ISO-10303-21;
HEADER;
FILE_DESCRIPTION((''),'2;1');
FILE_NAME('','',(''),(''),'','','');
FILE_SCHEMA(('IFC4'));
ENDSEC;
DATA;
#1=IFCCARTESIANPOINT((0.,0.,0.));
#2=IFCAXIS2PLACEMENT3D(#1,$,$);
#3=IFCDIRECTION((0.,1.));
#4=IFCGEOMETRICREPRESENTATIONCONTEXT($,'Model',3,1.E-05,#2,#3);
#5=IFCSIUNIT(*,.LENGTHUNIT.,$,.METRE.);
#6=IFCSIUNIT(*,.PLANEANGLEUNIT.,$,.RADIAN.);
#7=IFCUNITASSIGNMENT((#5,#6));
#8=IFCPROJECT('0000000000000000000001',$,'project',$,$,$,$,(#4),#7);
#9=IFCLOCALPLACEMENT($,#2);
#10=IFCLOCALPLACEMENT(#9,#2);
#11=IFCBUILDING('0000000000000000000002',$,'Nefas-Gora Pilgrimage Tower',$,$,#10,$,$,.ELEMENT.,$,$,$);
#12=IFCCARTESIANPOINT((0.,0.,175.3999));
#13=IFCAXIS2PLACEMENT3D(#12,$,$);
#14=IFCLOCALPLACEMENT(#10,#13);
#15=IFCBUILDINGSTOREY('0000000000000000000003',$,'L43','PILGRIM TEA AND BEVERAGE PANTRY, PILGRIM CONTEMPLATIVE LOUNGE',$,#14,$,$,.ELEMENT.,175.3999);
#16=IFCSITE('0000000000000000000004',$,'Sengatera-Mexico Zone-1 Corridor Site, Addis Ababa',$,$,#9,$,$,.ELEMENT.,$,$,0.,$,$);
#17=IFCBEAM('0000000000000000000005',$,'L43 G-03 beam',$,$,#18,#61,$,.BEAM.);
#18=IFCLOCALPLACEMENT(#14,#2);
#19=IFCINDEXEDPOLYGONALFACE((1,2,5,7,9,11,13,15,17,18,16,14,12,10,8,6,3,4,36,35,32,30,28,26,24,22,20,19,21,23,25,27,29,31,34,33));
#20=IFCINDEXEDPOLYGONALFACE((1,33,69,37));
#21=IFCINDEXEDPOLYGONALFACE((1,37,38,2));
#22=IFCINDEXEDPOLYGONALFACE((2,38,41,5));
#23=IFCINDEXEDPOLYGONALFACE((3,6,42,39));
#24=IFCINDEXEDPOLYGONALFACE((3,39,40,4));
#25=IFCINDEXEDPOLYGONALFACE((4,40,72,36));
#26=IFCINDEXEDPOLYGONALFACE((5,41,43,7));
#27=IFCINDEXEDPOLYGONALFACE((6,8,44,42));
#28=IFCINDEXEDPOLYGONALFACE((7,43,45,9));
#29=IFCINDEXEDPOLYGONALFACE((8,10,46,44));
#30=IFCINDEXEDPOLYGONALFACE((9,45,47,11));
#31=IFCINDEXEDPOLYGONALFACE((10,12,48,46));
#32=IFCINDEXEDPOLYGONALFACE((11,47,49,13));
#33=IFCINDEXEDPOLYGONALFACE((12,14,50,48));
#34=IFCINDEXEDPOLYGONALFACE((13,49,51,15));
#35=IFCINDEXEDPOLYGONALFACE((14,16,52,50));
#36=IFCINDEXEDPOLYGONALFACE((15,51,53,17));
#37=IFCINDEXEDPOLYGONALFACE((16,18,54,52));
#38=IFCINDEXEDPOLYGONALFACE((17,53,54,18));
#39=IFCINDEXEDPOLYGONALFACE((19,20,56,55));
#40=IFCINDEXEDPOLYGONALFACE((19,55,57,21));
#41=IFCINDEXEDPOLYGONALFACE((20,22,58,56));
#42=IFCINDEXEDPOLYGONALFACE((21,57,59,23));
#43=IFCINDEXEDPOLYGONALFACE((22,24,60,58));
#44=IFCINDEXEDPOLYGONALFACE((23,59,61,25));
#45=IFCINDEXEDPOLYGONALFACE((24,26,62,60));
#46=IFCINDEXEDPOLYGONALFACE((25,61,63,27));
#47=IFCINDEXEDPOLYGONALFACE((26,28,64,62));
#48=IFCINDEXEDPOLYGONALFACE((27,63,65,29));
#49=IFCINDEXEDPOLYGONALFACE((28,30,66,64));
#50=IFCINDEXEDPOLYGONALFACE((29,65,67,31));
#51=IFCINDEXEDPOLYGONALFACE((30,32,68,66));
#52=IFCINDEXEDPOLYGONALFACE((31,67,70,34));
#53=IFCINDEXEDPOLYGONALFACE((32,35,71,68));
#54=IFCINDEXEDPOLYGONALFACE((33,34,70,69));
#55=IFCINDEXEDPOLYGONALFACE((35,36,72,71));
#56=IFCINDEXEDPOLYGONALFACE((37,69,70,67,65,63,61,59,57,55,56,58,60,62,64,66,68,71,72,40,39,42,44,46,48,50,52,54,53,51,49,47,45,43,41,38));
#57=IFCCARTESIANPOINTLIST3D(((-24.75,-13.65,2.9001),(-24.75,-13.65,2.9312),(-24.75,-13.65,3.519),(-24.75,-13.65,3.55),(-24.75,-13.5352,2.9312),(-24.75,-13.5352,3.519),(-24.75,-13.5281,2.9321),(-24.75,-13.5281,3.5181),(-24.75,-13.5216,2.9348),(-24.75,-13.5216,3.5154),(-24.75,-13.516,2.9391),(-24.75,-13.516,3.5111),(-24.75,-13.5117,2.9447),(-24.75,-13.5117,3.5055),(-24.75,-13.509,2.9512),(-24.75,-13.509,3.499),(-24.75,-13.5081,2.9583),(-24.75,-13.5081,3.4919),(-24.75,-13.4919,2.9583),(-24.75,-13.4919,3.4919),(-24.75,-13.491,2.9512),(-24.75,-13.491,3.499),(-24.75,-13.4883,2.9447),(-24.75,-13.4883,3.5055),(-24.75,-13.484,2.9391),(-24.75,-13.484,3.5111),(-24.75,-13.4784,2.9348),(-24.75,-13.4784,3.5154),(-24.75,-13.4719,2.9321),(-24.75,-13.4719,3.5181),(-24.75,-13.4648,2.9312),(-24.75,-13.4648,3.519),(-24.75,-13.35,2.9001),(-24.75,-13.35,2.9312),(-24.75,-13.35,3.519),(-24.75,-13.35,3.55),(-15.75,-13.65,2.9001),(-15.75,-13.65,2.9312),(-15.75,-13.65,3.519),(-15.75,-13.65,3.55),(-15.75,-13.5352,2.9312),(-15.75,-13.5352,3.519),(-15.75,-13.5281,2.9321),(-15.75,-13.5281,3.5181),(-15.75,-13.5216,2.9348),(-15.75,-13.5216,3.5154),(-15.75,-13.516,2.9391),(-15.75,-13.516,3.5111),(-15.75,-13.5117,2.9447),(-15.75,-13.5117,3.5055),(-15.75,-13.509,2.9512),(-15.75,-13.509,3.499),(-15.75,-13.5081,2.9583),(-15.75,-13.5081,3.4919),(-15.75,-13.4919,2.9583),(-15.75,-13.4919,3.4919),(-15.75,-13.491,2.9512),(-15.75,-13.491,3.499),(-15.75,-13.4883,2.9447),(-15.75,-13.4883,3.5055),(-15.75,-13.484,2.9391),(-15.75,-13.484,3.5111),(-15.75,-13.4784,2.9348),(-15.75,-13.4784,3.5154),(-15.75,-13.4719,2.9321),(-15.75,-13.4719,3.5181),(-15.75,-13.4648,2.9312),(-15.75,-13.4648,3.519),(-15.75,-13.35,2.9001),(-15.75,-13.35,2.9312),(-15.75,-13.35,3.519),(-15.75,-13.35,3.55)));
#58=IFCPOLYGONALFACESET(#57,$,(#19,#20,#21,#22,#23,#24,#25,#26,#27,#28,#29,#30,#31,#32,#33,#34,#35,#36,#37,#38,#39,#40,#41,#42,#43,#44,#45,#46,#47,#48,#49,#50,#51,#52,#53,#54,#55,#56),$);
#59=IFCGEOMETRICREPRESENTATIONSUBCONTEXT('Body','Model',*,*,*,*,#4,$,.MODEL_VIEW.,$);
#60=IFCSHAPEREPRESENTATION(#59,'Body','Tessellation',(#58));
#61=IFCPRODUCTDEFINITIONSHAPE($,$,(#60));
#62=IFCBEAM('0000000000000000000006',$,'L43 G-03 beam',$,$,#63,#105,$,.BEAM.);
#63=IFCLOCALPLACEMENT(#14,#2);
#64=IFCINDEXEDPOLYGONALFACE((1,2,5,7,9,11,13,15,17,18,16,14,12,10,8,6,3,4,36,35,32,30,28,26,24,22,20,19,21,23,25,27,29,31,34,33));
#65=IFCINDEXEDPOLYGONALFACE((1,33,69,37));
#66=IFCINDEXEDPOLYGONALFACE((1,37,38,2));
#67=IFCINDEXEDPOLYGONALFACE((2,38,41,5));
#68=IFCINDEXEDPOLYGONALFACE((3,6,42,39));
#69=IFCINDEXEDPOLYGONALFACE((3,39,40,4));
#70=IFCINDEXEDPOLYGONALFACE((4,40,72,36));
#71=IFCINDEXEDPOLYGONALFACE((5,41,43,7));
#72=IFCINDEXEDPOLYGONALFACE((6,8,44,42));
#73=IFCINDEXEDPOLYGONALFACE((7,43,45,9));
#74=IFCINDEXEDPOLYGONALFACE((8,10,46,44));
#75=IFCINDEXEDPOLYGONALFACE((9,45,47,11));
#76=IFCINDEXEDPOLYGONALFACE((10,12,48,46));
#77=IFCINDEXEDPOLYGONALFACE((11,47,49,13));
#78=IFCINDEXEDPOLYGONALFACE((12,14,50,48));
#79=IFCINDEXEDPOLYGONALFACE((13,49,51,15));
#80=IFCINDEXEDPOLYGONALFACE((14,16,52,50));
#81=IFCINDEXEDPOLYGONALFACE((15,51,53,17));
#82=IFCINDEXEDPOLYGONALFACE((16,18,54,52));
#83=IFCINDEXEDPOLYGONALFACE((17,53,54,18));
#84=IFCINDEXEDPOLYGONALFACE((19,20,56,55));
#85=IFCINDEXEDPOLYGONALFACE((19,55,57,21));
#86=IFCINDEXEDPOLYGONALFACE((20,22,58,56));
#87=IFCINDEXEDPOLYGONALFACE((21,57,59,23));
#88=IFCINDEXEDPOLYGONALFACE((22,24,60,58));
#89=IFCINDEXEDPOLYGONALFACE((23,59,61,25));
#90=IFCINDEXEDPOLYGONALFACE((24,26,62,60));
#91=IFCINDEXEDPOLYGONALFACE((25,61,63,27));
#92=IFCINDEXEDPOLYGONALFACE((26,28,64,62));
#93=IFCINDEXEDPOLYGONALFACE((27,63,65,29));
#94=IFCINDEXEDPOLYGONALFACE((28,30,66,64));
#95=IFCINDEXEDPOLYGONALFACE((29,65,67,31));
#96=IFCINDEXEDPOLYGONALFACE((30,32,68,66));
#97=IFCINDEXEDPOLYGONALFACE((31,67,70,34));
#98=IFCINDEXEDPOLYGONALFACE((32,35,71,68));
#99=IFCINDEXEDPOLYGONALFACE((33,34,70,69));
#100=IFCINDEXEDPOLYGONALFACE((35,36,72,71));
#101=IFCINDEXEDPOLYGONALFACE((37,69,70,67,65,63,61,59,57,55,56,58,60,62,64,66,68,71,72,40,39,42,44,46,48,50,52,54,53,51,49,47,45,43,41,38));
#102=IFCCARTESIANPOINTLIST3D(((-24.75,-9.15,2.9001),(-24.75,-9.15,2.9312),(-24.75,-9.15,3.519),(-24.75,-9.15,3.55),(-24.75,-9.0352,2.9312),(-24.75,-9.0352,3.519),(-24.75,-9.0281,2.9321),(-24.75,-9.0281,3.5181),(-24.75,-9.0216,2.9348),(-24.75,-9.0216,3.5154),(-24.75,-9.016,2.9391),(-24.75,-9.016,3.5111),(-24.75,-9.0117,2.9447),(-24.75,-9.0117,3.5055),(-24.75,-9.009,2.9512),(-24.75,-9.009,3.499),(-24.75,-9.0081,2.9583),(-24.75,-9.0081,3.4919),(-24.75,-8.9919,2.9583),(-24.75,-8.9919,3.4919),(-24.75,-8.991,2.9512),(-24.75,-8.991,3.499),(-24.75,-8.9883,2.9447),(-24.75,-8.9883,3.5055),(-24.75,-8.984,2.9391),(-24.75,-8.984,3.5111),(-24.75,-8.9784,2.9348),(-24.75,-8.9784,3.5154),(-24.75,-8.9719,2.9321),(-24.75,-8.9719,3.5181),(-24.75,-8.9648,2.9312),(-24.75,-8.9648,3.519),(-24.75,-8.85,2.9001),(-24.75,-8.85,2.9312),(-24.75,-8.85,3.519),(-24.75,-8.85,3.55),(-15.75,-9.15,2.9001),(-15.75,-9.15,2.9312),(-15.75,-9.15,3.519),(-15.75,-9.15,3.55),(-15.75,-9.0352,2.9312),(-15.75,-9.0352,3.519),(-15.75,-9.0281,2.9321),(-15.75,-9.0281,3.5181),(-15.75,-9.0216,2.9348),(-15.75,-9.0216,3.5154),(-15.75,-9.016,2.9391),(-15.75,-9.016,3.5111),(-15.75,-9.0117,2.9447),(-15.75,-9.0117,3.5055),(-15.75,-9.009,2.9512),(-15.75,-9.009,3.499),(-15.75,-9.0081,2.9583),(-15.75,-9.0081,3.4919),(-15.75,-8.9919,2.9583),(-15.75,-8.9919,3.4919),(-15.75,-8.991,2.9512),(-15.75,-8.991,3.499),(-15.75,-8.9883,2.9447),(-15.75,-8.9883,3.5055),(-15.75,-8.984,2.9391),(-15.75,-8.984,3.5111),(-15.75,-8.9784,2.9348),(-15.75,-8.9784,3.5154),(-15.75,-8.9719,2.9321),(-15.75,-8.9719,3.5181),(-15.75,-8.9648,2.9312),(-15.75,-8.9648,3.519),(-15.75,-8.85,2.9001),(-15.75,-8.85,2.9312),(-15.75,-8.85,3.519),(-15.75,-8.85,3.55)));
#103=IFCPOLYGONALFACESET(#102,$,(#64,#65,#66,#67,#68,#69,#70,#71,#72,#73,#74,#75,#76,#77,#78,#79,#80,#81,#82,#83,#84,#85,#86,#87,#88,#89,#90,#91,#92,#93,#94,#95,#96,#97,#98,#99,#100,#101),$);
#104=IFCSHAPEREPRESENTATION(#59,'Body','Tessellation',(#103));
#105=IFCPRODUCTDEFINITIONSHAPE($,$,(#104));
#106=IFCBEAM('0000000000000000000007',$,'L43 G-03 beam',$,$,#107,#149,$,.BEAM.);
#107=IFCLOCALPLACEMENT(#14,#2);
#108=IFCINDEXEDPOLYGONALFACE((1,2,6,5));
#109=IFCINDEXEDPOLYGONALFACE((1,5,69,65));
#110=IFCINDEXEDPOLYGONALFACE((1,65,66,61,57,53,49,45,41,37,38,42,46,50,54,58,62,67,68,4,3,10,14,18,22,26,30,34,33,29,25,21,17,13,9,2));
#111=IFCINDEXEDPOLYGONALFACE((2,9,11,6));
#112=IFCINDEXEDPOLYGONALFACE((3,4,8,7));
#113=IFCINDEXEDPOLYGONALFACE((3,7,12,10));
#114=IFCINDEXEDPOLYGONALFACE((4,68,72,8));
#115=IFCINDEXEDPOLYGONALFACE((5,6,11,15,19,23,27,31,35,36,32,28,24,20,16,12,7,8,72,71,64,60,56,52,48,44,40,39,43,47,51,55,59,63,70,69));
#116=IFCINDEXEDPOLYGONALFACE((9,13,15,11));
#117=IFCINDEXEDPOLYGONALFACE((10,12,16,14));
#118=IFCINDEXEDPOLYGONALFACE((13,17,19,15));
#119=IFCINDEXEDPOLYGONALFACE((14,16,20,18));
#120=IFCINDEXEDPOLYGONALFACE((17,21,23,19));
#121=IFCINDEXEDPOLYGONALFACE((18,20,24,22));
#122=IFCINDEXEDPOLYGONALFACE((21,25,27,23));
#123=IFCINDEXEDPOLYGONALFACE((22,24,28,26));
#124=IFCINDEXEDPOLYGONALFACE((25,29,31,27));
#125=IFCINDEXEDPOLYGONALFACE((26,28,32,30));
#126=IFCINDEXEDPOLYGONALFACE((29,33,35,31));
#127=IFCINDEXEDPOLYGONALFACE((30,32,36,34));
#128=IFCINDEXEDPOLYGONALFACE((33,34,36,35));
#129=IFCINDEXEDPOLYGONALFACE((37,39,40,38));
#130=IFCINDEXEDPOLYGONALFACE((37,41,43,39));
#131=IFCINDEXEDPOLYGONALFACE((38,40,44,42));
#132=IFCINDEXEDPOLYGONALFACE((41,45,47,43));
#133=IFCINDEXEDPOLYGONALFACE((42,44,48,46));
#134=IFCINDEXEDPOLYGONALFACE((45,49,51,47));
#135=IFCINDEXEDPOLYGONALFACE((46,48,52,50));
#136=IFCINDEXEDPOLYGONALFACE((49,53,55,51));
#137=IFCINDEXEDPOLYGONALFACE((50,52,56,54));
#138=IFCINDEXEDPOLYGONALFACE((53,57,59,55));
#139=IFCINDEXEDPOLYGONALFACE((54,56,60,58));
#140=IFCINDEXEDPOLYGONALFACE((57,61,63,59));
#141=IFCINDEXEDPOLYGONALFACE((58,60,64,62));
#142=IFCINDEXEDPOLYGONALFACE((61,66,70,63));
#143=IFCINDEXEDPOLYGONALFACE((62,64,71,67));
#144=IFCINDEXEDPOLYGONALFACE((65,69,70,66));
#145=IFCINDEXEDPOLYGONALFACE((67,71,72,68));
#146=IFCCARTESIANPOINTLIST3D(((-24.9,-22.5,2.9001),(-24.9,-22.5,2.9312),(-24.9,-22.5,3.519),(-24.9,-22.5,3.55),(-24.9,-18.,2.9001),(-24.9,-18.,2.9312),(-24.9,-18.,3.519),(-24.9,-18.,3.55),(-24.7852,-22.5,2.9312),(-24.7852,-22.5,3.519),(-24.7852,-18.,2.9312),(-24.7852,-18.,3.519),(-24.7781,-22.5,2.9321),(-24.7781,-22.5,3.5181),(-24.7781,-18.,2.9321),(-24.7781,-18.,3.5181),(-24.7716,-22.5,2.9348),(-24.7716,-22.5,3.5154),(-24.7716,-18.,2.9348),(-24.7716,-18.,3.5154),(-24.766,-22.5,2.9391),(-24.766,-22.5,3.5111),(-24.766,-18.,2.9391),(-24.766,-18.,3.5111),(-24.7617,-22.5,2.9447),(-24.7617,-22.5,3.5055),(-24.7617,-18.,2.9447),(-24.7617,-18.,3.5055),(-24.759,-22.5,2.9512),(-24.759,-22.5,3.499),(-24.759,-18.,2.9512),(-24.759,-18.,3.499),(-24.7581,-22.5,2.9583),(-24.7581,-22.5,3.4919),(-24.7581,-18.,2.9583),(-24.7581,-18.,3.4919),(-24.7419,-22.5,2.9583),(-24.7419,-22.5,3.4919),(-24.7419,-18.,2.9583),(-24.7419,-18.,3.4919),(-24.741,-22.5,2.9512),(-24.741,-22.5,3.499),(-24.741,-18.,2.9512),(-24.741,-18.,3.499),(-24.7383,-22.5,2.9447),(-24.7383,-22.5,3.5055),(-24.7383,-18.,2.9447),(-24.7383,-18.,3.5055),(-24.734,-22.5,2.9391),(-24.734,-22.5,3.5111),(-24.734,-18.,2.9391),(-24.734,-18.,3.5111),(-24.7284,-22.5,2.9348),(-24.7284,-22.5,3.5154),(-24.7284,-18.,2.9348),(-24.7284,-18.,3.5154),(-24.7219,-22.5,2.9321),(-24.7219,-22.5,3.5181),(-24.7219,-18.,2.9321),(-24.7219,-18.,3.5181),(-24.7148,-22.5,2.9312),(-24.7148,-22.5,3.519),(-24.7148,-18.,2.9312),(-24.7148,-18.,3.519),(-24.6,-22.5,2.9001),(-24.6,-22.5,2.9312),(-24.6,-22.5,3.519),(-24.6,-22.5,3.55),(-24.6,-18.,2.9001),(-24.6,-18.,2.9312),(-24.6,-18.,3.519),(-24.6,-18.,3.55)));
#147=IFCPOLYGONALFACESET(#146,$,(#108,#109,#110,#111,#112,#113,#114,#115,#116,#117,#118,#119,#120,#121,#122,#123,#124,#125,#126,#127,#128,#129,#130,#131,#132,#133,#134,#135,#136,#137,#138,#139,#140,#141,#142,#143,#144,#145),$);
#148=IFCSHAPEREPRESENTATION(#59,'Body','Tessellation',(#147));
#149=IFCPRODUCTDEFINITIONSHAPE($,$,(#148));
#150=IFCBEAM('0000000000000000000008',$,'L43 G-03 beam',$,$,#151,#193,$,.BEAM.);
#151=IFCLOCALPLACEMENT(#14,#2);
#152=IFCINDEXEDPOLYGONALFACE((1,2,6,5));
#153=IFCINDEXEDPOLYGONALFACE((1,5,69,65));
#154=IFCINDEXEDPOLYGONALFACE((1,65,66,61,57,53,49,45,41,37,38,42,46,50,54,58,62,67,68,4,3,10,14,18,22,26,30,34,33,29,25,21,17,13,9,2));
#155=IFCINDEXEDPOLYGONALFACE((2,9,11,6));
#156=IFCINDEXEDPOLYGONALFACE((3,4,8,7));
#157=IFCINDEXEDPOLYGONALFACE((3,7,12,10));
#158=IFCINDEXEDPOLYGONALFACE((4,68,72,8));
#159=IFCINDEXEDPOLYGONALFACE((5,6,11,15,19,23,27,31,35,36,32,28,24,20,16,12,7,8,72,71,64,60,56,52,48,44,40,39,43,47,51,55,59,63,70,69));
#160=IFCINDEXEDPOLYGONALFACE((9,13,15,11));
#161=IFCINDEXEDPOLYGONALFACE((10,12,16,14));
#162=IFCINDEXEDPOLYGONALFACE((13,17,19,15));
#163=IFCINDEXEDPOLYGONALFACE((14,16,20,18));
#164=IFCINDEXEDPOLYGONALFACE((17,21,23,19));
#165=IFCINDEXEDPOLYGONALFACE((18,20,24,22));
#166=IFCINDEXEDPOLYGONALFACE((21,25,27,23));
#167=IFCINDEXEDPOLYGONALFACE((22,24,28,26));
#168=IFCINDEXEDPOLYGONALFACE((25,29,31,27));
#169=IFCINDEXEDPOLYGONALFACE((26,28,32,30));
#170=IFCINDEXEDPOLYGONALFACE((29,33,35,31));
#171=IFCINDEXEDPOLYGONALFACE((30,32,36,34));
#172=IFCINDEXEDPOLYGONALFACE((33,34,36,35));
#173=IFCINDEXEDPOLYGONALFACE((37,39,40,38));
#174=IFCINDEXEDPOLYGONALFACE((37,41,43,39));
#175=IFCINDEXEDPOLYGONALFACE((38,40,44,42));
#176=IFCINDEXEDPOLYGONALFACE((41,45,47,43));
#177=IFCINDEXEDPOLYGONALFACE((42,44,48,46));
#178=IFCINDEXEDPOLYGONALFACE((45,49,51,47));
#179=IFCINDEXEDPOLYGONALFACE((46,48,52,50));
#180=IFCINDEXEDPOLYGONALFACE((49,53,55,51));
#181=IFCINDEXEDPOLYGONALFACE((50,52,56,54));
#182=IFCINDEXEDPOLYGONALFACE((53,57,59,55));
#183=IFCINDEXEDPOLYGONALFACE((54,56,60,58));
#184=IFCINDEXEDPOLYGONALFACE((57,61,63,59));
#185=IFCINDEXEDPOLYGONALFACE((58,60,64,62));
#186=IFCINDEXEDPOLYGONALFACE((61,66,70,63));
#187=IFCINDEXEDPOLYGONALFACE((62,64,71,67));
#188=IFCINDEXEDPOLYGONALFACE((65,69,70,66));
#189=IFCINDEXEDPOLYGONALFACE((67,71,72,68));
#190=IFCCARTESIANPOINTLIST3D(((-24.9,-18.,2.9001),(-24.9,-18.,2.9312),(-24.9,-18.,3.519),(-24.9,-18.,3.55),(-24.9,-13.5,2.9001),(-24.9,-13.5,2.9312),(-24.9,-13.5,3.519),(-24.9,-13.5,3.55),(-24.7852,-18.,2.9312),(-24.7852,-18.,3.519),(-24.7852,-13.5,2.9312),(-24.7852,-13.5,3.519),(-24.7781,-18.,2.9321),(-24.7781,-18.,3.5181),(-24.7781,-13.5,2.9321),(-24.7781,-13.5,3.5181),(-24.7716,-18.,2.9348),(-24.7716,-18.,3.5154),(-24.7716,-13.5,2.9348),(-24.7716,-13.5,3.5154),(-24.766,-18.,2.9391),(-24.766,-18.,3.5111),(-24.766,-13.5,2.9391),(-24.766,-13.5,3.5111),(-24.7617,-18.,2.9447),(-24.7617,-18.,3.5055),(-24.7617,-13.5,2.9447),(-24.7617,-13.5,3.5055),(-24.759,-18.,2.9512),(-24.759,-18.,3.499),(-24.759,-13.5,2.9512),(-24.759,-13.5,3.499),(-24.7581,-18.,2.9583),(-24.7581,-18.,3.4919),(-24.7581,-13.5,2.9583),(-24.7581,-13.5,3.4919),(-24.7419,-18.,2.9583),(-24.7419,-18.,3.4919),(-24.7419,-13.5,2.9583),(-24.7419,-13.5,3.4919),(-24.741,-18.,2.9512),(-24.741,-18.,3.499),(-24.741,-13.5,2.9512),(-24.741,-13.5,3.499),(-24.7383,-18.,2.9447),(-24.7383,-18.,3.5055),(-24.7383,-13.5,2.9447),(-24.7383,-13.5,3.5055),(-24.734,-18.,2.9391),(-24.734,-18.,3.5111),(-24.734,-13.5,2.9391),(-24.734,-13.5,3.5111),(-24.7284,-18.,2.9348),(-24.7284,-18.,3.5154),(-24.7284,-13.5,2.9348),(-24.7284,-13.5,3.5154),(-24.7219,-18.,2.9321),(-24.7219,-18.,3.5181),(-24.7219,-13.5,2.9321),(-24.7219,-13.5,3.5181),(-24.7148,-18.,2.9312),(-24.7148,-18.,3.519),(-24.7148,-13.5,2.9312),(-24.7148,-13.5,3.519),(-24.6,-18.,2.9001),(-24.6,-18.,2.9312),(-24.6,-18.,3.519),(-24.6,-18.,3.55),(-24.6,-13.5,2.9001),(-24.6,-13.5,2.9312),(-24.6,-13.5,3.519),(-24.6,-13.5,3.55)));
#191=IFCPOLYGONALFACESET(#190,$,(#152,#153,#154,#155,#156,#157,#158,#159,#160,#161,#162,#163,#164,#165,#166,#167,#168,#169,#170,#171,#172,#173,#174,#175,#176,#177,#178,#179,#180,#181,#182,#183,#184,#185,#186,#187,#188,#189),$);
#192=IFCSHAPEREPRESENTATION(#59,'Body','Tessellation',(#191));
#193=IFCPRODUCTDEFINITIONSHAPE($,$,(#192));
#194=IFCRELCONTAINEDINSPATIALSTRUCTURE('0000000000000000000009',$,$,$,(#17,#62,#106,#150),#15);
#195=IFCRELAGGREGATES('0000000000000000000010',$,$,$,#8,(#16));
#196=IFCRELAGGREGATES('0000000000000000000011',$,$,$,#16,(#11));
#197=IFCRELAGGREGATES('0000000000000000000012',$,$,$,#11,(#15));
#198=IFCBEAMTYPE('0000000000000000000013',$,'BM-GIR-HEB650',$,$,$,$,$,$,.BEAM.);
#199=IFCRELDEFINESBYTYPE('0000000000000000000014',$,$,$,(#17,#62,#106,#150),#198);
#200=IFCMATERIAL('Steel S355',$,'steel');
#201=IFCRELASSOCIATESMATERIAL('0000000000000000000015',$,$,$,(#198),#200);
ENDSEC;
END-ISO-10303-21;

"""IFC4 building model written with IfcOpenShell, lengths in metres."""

from ifc_helpers import new_model, si_unit, direction, frame, origin, origin_2d, place, context, subcontext, project, spatial, i_section, extrude, source, transform, mapped, material, material_profile, profile_set, type_object, element, save


model = new_model("IFC4")

# Units and contexts
model_context = context("Model", 3, precision=1e-05, world=origin(), true_north=direction((0.0, 1.0)))
body_context = subcontext(model_context, "Body", "Model", "MODEL_VIEW")
ifc_project = project(units=[si_unit("LENGTHUNIT", "METRE"), si_unit("PLANEANGLEUNIT", "RADIAN")], contexts=[model_context])

# Site, building, storey
site_placement = place(None, origin())
site = spatial("IfcSite", under=ifc_project, at=site_placement, Name="Sengatera-Mexico Zone-1 Corridor Site, Addis Ababa", CompositionType="ELEMENT", RefElevation=0.0)
building_placement = place(site_placement, origin())
building = spatial("IfcBuilding", under=site, at=building_placement, Name="Nefas-Gora Pilgrimage Tower", CompositionType="ELEMENT")
storey_placement = place(building_placement, frame((0.0, 0.0, 175.3999)))
storey = spatial("IfcBuildingStorey", under=building, at=storey_placement, Name="L43", Description="PILGRIM TEA AND BEVERAGE PANTRY, PILGRIM CONTEMPLATIVE LOUNGE", CompositionType="ELEMENT", Elevation=175.3999)

# Beams
ifc_material_1 = material(Name="Steel S355", Category="steel")
ifc_material_profile_1 = material_profile(ifc_material_1, i_section(OverallWidth=0.3, OverallDepth=0.6499, WebThickness=0.0161, FlangeThickness=0.031, FilletRadius=0.0271, at=origin_2d()), Name="HEB 650")
ifc_profile_set_1 = profile_set([ifc_material_profile_1], Name="Steel S355")
beam_type_1 = type_object("IfcBeamType", Name="BM-GIR-HEB650", PredefinedType="BEAM", material=ifc_profile_set_1)
shared_shape_1 = source(origin(), body_context, "Body", "SweptSolid", [
    extrude(i_section(OverallWidth=0.3, OverallDepth=0.6499, WebThickness=0.0161, FlangeThickness=0.031, FilletRadius=0.0271, at=origin_2d()), origin(), (0.0, 0.0, 1.0), 9.0),
])
for number, where, z_axis, x_axis, name in (
    (1, (-24.75, -13.5, 3.2251), (1.0, 0.0, 0.0), (0.0, 1.0, 0.0), "L43 G-03 beam"),
    (2, (-24.75, -9.0, 3.2251), (1.0, 0.0, 0.0), (0.0, 1.0, 0.0), "L43 G-03 beam"),
):
    element("IfcBeam", number, at=place(storey_placement, frame(where, z_axis=z_axis, x_axis=x_axis)), inside=storey, type_object=beam_type_1, Name=name, PredefinedType="BEAM", context=body_context, shape_type="MappedRepresentation", body=[
        mapped(shared_shape_1, transform((0.0, 0.0, 0.0), x_axis=(1.0, 0.0, 0.0), y_axis=(0.0, 1.0, 0.0), z_axis=(0.0, 0.0, 1.0), scale=1.0)),
    ])
shared_shape_2 = source(origin(), body_context, "Body", "SweptSolid", [
    extrude(i_section(OverallWidth=0.3, OverallDepth=0.6499, WebThickness=0.0161, FlangeThickness=0.031, FilletRadius=0.0271, at=origin_2d()), origin(), (0.0, 0.0, 1.0), 4.5),
])
for number, where, z_axis, x_axis, name in (
    (3, (-24.75, -22.5, 3.2251), (0.0, 1.0, 0.0), (-1.0, 0.0, 0.0), "L43 G-03 beam"),
    (4, (-24.75, -18.0, 3.2251), (0.0, 1.0, 0.0), (-1.0, 0.0, 0.0), "L43 G-03 beam"),
):
    element("IfcBeam", number, at=place(storey_placement, frame(where, z_axis=z_axis, x_axis=x_axis)), inside=storey, type_object=beam_type_1, Name=name, PredefinedType="BEAM", context=body_context, shape_type="MappedRepresentation", body=[
        mapped(shared_shape_2, transform((0.0, 0.0, 0.0), x_axis=(1.0, 0.0, 0.0), y_axis=(0.0, 1.0, 0.0), z_axis=(0.0, 0.0, 1.0), scale=1.0)),
    ])

save(model, "model.ifc")
